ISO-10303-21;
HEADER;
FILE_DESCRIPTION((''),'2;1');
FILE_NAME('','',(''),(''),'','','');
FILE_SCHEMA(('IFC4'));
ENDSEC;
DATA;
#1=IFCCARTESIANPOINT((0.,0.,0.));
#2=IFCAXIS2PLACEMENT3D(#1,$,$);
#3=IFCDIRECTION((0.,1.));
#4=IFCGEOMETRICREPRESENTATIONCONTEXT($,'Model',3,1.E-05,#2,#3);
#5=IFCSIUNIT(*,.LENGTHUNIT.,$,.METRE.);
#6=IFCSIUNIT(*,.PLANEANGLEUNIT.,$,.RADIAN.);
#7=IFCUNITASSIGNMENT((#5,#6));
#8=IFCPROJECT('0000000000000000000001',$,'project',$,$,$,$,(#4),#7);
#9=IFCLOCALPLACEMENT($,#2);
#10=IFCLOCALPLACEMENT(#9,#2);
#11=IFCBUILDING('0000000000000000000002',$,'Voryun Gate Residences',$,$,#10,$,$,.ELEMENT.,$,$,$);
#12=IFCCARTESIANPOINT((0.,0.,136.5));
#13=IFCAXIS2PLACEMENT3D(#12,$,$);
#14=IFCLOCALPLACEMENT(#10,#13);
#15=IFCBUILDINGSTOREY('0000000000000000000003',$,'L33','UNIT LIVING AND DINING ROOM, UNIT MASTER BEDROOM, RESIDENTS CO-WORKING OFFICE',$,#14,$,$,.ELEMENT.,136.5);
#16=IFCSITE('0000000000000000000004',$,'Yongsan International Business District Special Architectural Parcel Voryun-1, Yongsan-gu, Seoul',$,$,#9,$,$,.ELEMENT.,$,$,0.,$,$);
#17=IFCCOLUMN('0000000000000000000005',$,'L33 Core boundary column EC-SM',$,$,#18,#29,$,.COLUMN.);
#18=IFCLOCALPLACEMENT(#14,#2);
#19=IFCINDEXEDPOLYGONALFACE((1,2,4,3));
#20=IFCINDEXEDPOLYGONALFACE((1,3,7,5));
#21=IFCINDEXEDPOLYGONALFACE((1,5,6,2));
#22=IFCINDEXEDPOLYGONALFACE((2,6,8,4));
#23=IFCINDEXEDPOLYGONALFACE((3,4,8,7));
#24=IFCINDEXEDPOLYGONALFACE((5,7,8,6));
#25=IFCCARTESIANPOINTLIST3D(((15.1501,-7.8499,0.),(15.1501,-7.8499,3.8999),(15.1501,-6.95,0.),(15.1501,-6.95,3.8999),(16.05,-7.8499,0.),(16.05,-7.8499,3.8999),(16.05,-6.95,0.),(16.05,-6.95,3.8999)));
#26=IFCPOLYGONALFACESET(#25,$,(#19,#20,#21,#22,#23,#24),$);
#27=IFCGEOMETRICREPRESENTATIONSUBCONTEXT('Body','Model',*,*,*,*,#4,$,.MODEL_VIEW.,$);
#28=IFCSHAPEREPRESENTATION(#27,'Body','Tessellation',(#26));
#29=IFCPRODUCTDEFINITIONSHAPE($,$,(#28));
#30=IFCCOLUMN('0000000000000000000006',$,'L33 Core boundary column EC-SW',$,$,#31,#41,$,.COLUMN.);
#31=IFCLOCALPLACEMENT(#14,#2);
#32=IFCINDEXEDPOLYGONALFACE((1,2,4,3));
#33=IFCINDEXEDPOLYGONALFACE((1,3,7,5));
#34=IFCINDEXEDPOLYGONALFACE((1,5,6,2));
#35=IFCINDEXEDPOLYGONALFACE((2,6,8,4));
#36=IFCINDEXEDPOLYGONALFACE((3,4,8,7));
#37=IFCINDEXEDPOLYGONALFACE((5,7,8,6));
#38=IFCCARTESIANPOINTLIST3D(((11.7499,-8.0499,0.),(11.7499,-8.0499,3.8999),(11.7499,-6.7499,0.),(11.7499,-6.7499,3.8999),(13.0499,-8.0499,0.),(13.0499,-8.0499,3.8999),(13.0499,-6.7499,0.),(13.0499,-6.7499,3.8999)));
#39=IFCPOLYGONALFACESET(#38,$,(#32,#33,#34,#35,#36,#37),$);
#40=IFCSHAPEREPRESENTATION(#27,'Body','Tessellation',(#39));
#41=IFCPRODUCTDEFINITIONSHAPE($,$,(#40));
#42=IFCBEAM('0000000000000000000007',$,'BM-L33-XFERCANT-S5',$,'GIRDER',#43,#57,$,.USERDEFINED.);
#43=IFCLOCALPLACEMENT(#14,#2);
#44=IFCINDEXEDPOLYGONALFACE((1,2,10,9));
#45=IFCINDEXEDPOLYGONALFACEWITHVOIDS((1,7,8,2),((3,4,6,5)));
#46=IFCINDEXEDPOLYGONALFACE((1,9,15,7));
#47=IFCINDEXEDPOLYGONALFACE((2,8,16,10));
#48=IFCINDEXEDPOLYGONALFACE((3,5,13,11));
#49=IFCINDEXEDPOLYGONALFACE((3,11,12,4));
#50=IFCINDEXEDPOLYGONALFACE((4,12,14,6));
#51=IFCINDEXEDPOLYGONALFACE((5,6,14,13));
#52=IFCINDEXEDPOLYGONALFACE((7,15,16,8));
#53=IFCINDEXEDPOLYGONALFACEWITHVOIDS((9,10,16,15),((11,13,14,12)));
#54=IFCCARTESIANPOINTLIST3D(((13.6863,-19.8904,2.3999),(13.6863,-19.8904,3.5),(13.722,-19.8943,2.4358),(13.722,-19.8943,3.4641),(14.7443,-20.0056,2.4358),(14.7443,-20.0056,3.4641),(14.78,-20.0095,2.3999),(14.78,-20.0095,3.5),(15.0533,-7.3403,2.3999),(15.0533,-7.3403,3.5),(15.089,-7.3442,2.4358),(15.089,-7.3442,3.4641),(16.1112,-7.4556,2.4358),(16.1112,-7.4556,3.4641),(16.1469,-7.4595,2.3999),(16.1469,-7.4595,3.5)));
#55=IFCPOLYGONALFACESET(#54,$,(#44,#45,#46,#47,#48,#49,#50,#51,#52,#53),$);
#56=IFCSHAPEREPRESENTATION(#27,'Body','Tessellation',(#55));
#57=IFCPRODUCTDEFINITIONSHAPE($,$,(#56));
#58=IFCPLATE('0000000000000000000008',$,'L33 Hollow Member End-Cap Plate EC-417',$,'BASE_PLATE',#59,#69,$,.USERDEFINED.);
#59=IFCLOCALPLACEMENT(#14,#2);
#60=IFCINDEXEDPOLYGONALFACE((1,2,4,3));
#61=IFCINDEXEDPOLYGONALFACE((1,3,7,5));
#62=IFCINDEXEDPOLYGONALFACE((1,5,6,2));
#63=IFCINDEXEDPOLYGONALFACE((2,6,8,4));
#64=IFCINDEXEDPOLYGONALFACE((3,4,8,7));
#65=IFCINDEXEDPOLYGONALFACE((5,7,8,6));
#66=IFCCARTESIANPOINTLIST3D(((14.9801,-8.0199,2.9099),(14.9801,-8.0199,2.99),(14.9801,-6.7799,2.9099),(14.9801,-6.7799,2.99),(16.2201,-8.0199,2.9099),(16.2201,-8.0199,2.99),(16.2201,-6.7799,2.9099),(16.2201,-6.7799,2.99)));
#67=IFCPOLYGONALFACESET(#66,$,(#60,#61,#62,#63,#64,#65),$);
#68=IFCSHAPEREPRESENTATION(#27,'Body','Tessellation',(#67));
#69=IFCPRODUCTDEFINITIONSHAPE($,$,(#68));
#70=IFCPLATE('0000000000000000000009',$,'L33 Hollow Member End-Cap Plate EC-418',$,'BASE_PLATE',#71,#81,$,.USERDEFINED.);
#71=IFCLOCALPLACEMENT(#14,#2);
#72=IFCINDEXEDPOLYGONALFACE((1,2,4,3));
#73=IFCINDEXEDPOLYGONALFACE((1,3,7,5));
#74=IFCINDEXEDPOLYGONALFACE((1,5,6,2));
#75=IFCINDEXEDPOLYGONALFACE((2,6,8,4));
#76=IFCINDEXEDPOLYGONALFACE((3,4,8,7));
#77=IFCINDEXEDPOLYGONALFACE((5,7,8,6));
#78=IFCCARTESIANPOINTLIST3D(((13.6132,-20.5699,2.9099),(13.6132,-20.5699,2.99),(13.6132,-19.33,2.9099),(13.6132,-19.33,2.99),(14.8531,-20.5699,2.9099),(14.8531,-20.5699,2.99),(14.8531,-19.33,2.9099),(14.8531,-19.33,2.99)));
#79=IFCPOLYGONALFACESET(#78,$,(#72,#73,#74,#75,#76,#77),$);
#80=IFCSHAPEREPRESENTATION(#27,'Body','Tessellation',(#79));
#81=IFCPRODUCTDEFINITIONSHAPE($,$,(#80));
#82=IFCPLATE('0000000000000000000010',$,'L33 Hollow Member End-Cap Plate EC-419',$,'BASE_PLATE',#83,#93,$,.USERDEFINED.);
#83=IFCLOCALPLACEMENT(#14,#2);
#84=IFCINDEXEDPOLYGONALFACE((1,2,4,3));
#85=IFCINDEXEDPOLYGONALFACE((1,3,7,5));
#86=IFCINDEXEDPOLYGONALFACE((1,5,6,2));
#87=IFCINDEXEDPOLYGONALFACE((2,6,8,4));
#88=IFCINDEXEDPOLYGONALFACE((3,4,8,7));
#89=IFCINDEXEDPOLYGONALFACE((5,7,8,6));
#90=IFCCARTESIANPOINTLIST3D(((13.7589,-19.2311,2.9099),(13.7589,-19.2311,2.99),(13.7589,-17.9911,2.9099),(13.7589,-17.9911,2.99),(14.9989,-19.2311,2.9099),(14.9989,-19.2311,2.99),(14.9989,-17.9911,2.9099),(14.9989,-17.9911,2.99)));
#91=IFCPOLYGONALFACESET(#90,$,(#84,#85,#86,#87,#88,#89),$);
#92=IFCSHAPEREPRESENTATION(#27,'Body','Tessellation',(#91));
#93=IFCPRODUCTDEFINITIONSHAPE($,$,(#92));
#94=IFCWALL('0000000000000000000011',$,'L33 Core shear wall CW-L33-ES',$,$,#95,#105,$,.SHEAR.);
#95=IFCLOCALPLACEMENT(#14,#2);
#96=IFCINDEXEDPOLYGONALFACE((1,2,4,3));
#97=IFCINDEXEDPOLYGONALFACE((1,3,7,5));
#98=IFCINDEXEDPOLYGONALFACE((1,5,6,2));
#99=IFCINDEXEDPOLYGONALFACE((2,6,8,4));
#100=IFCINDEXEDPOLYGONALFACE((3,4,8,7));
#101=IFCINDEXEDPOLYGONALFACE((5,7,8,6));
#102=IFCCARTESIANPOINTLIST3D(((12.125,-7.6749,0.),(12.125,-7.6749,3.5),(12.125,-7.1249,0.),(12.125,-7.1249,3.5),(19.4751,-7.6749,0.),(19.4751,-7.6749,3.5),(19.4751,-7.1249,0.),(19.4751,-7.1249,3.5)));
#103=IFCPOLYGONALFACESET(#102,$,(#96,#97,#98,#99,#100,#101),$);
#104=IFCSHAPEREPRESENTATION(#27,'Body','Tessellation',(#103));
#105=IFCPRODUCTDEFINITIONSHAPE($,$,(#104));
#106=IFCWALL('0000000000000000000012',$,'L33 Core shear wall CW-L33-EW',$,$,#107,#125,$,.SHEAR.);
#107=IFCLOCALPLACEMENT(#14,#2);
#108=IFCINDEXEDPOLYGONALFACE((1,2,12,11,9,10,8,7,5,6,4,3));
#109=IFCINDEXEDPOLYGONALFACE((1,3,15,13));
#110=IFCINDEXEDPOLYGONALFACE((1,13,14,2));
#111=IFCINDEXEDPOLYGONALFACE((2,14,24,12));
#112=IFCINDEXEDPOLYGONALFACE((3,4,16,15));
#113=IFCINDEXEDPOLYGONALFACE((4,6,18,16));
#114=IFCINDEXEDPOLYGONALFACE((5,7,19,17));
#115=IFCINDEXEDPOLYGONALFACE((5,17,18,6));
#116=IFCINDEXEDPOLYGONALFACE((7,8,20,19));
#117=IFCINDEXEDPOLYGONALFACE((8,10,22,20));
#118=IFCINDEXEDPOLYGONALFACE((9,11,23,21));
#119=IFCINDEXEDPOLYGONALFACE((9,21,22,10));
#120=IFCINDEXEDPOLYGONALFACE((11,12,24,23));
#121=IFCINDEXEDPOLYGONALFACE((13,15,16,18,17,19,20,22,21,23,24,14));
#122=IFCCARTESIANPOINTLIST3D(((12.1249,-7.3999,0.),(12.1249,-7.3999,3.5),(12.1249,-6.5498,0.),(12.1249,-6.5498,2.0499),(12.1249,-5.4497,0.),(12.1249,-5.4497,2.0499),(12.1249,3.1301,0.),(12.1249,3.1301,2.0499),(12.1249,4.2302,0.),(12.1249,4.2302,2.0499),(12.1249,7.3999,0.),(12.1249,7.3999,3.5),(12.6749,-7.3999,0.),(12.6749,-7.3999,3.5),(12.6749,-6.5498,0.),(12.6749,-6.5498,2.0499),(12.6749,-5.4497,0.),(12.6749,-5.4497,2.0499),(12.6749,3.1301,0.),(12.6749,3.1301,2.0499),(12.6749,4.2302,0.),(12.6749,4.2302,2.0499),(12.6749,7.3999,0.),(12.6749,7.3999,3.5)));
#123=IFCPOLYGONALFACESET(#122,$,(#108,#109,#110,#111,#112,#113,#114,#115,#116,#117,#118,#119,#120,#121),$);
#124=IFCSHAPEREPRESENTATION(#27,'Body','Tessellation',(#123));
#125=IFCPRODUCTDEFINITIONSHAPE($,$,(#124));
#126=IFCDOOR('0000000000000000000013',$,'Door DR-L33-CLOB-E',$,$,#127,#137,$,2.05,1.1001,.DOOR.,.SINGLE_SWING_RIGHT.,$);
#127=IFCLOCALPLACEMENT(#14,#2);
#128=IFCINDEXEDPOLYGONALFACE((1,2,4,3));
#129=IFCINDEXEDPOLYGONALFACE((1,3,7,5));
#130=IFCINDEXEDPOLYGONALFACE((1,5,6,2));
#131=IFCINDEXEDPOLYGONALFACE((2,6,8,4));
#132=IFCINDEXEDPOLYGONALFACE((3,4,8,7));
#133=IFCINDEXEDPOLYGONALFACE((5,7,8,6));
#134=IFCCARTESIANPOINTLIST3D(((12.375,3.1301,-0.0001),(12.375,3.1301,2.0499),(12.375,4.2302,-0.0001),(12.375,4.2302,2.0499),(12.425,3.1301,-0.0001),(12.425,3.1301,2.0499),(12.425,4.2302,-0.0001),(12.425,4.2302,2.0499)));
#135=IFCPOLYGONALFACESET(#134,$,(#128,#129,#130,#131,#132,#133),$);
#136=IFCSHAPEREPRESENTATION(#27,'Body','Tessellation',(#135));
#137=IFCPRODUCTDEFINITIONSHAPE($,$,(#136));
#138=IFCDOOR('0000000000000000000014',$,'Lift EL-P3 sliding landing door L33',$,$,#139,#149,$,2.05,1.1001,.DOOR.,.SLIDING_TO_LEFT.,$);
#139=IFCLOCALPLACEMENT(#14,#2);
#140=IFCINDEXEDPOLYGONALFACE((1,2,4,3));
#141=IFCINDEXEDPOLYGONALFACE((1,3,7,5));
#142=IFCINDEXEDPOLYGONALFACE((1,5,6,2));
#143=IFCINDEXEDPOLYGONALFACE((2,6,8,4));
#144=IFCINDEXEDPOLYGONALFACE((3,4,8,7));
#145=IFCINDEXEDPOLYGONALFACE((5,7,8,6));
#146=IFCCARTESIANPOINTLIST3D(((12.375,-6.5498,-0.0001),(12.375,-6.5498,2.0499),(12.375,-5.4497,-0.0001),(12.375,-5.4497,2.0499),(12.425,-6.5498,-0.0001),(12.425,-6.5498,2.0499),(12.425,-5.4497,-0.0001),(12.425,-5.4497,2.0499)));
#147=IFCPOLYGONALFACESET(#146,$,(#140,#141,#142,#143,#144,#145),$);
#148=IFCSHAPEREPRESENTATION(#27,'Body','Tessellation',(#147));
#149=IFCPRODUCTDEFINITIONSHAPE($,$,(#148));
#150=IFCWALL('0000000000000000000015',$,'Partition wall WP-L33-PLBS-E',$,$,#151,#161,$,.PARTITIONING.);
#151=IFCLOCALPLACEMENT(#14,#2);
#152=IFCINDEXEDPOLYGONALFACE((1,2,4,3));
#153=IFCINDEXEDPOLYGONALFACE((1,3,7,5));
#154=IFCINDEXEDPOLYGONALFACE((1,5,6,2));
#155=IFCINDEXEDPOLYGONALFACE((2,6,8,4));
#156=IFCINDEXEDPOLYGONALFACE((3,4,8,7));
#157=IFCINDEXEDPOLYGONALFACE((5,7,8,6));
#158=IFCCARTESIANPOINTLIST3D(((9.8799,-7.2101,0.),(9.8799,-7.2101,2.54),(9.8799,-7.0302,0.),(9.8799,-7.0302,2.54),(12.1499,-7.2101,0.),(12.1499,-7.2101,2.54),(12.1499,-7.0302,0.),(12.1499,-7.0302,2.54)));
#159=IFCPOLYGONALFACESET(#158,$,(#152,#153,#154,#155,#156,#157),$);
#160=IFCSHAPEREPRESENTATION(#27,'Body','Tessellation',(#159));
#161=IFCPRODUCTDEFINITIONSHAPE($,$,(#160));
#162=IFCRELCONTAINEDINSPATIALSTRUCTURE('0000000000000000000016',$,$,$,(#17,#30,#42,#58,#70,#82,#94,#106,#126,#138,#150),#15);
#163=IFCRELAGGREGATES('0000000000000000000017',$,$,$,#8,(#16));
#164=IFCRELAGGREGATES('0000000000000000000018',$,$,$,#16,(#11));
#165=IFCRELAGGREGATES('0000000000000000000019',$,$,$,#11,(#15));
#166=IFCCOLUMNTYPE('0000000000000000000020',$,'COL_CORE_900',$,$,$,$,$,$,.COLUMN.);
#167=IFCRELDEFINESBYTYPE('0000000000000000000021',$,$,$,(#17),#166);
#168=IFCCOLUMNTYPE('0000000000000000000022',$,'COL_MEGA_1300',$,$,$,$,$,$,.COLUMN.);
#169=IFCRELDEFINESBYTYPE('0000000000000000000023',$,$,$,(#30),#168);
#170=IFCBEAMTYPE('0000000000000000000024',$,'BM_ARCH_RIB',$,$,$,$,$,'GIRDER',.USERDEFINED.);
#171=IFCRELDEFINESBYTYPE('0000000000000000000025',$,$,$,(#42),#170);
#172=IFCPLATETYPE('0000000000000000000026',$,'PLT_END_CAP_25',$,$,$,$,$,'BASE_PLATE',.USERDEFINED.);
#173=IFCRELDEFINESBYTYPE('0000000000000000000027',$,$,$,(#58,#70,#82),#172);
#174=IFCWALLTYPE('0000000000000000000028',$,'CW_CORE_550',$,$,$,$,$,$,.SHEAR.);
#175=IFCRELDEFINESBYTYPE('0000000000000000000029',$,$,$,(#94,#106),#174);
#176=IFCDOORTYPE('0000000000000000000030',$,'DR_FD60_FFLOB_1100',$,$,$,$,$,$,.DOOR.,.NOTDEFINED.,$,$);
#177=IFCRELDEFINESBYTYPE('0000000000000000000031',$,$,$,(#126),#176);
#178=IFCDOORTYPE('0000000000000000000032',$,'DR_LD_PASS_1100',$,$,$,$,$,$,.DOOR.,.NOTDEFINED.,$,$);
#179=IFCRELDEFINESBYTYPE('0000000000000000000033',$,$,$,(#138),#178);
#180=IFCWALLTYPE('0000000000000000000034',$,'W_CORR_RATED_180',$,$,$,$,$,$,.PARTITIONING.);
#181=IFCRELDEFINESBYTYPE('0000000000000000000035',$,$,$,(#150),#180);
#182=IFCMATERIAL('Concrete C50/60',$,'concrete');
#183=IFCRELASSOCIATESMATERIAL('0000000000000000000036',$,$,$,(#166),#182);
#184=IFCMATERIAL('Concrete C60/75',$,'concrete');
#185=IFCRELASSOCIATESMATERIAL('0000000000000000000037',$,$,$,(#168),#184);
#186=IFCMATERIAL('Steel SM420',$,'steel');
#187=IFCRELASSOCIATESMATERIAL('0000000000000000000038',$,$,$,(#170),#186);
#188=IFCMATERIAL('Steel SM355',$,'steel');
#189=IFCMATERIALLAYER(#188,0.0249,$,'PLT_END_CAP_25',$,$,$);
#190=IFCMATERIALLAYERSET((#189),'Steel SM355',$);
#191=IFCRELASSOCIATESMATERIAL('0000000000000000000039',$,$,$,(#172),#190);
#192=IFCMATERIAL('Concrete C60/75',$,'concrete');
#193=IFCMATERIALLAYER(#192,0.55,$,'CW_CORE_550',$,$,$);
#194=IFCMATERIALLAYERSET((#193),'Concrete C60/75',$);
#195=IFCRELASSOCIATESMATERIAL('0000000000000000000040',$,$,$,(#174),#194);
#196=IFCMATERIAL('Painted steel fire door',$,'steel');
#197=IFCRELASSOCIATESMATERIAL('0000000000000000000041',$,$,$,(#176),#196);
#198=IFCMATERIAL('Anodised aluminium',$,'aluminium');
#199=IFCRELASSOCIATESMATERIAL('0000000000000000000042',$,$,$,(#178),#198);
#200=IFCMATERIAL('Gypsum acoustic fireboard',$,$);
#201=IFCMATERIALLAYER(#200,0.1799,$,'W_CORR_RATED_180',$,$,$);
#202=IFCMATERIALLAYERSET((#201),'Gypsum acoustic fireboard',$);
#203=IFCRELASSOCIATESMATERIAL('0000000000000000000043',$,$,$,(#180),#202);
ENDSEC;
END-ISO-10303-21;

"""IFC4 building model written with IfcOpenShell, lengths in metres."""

from ifc_helpers import new_model, si_unit, direction, frame, frame_2d, origin, origin_2d, place, context, subcontext, project, spatial, rectangle, hollow_rectangle, extrude, material, layer, layer_set, material_profile, profile_set, type_object, element, fill, save


model = new_model("IFC4")

# Units and contexts
model_context = context("Model", 3, precision=1e-05, world=origin(), true_north=direction((0.0, 1.0)))
body_context = subcontext(model_context, "Body", "Model", "MODEL_VIEW")
ifc_project = project(units=[si_unit("LENGTHUNIT", "METRE"), si_unit("PLANEANGLEUNIT", "RADIAN")], contexts=[model_context])

# Site, building, storey
site_placement = place(None, origin())
site = spatial("IfcSite", under=ifc_project, at=site_placement, Name="Yongsan International Business District Special Architectural Parcel Voryun-1, Yongsan-gu, Seoul", CompositionType="ELEMENT", RefElevation=0.0)
building_placement = place(site_placement, origin())
building = spatial("IfcBuilding", under=site, at=building_placement, Name="Voryun Gate Residences", CompositionType="ELEMENT")
storey_placement = place(building_placement, frame((0.0, 0.0, 136.5)))
storey = spatial("IfcBuildingStorey", under=building, at=storey_placement, Name="L33", Description="UNIT LIVING AND DINING ROOM, UNIT MASTER BEDROOM, RESIDENTS CO-WORKING OFFICE", CompositionType="ELEMENT", Elevation=136.5)

# Columns
ifc_material_1 = material(Name="Concrete C50/60", Category="concrete")
ifc_material_profile_1 = material_profile(ifc_material_1, rectangle(XDim=0.8999, YDim=0.8999, at=origin_2d()), Name="RC-900x900")
ifc_profile_set_1 = profile_set([ifc_material_profile_1], Name="Concrete C50/60")
column_type_1 = type_object("IfcColumnType", Name="COL_CORE_900", PredefinedType="COLUMN", material=ifc_profile_set_1)
column_1_placement = place(storey_placement, frame((15.6001, -7.3999, 0.0), z_axis=(0.0, 0.0, 1.0), x_axis=(1.0, 0.0, 0.0)))
element("IfcColumn", 1, at=column_1_placement, inside=storey, type_object=column_type_1, Name="L33 Core boundary column EC-SM", PredefinedType="COLUMN", context=body_context, shape_type="SweptSolid", body=[
    extrude(rectangle(XDim=0.8999, YDim=0.8999, at=origin_2d()), origin(), (0.0, 0.0, 1.0), 3.8999),
])
ifc_material_2 = material(Name="Concrete C60/75", Category="concrete")
ifc_material_profile_2 = material_profile(ifc_material_2, rectangle(XDim=1.3, YDim=1.3, at=origin_2d()), Name="RC-1300x1300")
ifc_profile_set_2 = profile_set([ifc_material_profile_2], Name="Concrete C60/75")
column_type_2 = type_object("IfcColumnType", Name="COL_MEGA_1300", PredefinedType="COLUMN", material=ifc_profile_set_2)
column_2_placement = place(storey_placement, frame((12.3999, -7.3999, 0.0), z_axis=(0.0, 0.0, 1.0), x_axis=(1.0, 0.0, 0.0)))
element("IfcColumn", 2, at=column_2_placement, inside=storey, type_object=column_type_2, Name="L33 Core boundary column EC-SW", PredefinedType="COLUMN", context=body_context, shape_type="SweptSolid", body=[
    extrude(rectangle(XDim=1.3, YDim=1.3, at=origin_2d()), origin(), (0.0, 0.0, 1.0), 3.8999),
])

# Beam
ifc_material_3 = material(Name="Steel SM420", Category="steel")
ifc_material_profile_3 = material_profile(ifc_material_3, hollow_rectangle(XDim=1.1001, YDim=1.1001, WallThickness=0.0359, at=origin_2d()), Name="BOX-1100x1100x36")
ifc_profile_set_3 = profile_set([ifc_material_profile_3], Name="Steel SM420")
beam_type = type_object("IfcBeamType", Name="BM_ARCH_RIB", ElementType="GIRDER", PredefinedType="USERDEFINED", material=ifc_profile_set_3)
beam_placement = place(storey_placement, frame((15.6001, -7.3999, 2.95), z_axis=(-0.108279, -0.994121, 0.0), x_axis=(0.994121, -0.108279, 0.0)))
element("IfcBeam", 3, at=beam_placement, inside=storey, type_object=beam_type, Name="BM-L33-XFERCANT-S5", ObjectType="GIRDER", PredefinedType="USERDEFINED", context=body_context, shape_type="SweptSolid", body=[
    extrude(hollow_rectangle(XDim=1.1001, YDim=1.1001, WallThickness=0.0359, at=origin_2d()), origin(), (0.0, 0.0, 1.0), 12.6243),
])

# Plates
ifc_material_4 = material(Name="Steel SM355", Category="steel")
ifc_layer_1 = layer(ifc_material_4, 0.0249, Name="PLT_END_CAP_25")
ifc_layer_set_1 = layer_set([ifc_layer_1], Name="Steel SM355")
plate_type = type_object("IfcPlateType", Name="PLT_END_CAP_25", ElementType="BASE_PLATE", PredefinedType="USERDEFINED", material=ifc_layer_set_1)
for number, where, z_axis, x_axis, name in (
    (4, (15.6001, -7.3999, 2.9099), (0.0, 0.0, 1.0), (1.0, 0.0, 0.0), "L33 Hollow Member End-Cap Plate EC-417"),
    (5, (14.2332, -19.95, 2.9099), (0.0, 0.0, 1.0), (1.0, 0.0, 0.0), "L33 Hollow Member End-Cap Plate EC-418"),
    (6, (14.3789, -18.6111, 2.9099), (0.0, 0.0, 1.0), (1.0, 0.0, 0.0), "L33 Hollow Member End-Cap Plate EC-419"),
):
    element("IfcPlate", number, at=place(storey_placement, frame(where, z_axis=z_axis, x_axis=x_axis)), inside=storey, type_object=plate_type, Name=name, ObjectType="BASE_PLATE", PredefinedType="USERDEFINED", context=body_context, shape_type="SweptSolid", body=[
        extrude(rectangle(XDim=1.24, YDim=1.24, at=origin_2d()), origin(), (0.0, 0.0, 1.0), 0.0801),
    ])

# Wall
ifc_material_5 = material(Name="Concrete C60/75", Category="concrete")
ifc_layer_2 = layer(ifc_material_5, 0.55, Name="CW_CORE_550")
ifc_layer_set_2 = layer_set([ifc_layer_2], Name="Concrete C60/75")
wall_type_1 = type_object("IfcWallType", Name="CW_CORE_550", PredefinedType="SHEAR", material=ifc_layer_set_2)
wall_1_placement = place(storey_placement, frame((12.125, -7.3999, 0.0), z_axis=(0.0, 0.0, 1.0), x_axis=(1.0, 0.0, 0.0)))
element("IfcWall", 7, at=wall_1_placement, inside=storey, type_object=wall_type_1, Name="L33 Core shear wall CW-L33-ES", PredefinedType="SHEAR", context=body_context, shape_type="SweptSolid", body=[
    extrude(rectangle(XDim=7.3501, YDim=0.55, at=frame_2d((3.675, 0.0))), origin(), (0.0, 0.0, 1.0), 3.5),
])

# Wall, openings, doors
wall_2_placement = place(storey_placement, frame((12.3999, -7.3999, 0.0), z_axis=(0.0, 0.0, 1.0), x_axis=(0.0, 1.0, 0.0)))
wall_2 = element("IfcWall", 8, at=wall_2_placement, inside=storey, type_object=wall_type_1, Name="L33 Core shear wall CW-L33-EW", PredefinedType="SHEAR", context=body_context, shape_type="SweptSolid", body=[
    extrude(rectangle(XDim=14.7998, YDim=0.55, at=frame_2d((7.3999, 0.0))), origin(), (0.0, 0.0, 1.0), 3.5),
])
opening_1_placement = place(wall_2_placement, frame((0.8501, 0.0, 0.0)))
opening_1 = element("IfcOpeningElement", 9, at=opening_1_placement, cuts=wall_2, PredefinedType="OPENING", context=body_context, shape_type="SweptSolid", body=[
    extrude(rectangle(XDim=1.1001, YDim=2.05, at=frame_2d((0.55, 1.0249))), frame((0.0, 0.2849, 0.0), z_axis=(0.0, -1.0, 0.0), x_axis=(1.0, 0.0, 0.0)), (0.0, 0.0, 1.0), 0.5701),
])
opening_2_placement = place(wall_2_placement, frame((10.53, 0.0, 0.0)))
opening_2 = element("IfcOpeningElement", 10, at=opening_2_placement, cuts=wall_2, PredefinedType="OPENING", context=body_context, shape_type="SweptSolid", body=[
    extrude(rectangle(XDim=1.1001, YDim=2.05, at=frame_2d((0.55, 1.0249))), frame((0.0, 0.2849, 0.0), z_axis=(0.0, -1.0, 0.0), x_axis=(1.0, 0.0, 0.0)), (0.0, 0.0, 1.0), 0.5701),
])
ifc_material_6 = material(Name="Painted steel fire door", Category="steel")
door_type_1 = type_object("IfcDoorType", Name="DR_FD60_FFLOB_1100", OperationType="NOTDEFINED", PredefinedType="DOOR", material=ifc_material_6)
door_1_placement = place(opening_2_placement, origin())
door_1 = element("IfcDoor", 11, at=door_1_placement, inside=storey, type_object=door_type_1, Name="Door DR-L33-CLOB-E", OperationType="SINGLE_SWING_RIGHT", OverallHeight=2.05, OverallWidth=1.1001, PredefinedType="DOOR", context=body_context, shape_type="SweptSolid", body=[
    extrude(rectangle(XDim=1.1001, YDim=2.05, at=frame_2d((0.55, 1.0249))), frame((0.0, 0.0249, 0.0), z_axis=(0.0, -1.0, 0.0), x_axis=(1.0, 0.0, 0.0)), (0.0, 0.0, 1.0), 0.05),
])
fill(opening_2, door_1)
ifc_material_7 = material(Name="Anodised aluminium", Category="aluminium")
door_type_2 = type_object("IfcDoorType", Name="DR_LD_PASS_1100", OperationType="NOTDEFINED", PredefinedType="DOOR", material=ifc_material_7)
door_2_placement = place(opening_1_placement, origin())
door_2 = element("IfcDoor", 12, at=door_2_placement, inside=storey, type_object=door_type_2, Name="Lift EL-P3 sliding landing door L33", OperationType="SLIDING_TO_LEFT", OverallHeight=2.05, OverallWidth=1.1001, PredefinedType="DOOR", context=body_context, shape_type="SweptSolid", body=[
    extrude(rectangle(XDim=1.1001, YDim=2.05, at=frame_2d((0.55, 1.0249))), frame((0.0, 0.0249, 0.0), z_axis=(0.0, -1.0, 0.0), x_axis=(1.0, 0.0, 0.0)), (0.0, 0.0, 1.0), 0.05),
])
fill(opening_1, door_2)

# Wall
ifc_material_8 = material(Name="Gypsum acoustic fireboard")
ifc_layer_3 = layer(ifc_material_8, 0.1799, Name="W_CORR_RATED_180")
ifc_layer_set_3 = layer_set([ifc_layer_3], Name="Gypsum acoustic fireboard")
wall_type_2 = type_object("IfcWallType", Name="W_CORR_RATED_180", PredefinedType="PARTITIONING", material=ifc_layer_set_3)
wall_3_placement = place(storey_placement, frame((9.8799, -7.1201, 0.0), z_axis=(0.0, 0.0, 1.0), x_axis=(1.0, 0.0, 0.0)))
element("IfcWall", 13, at=wall_3_placement, inside=storey, type_object=wall_type_2, Name="Partition wall WP-L33-PLBS-E", PredefinedType="PARTITIONING", context=body_context, shape_type="SweptSolid", body=[
    extrude(rectangle(XDim=2.27, YDim=0.1799, at=frame_2d((1.135, 0.0))), origin(), (0.0, 0.0, 1.0), 2.54),
])

save(model, "model.ifc")
